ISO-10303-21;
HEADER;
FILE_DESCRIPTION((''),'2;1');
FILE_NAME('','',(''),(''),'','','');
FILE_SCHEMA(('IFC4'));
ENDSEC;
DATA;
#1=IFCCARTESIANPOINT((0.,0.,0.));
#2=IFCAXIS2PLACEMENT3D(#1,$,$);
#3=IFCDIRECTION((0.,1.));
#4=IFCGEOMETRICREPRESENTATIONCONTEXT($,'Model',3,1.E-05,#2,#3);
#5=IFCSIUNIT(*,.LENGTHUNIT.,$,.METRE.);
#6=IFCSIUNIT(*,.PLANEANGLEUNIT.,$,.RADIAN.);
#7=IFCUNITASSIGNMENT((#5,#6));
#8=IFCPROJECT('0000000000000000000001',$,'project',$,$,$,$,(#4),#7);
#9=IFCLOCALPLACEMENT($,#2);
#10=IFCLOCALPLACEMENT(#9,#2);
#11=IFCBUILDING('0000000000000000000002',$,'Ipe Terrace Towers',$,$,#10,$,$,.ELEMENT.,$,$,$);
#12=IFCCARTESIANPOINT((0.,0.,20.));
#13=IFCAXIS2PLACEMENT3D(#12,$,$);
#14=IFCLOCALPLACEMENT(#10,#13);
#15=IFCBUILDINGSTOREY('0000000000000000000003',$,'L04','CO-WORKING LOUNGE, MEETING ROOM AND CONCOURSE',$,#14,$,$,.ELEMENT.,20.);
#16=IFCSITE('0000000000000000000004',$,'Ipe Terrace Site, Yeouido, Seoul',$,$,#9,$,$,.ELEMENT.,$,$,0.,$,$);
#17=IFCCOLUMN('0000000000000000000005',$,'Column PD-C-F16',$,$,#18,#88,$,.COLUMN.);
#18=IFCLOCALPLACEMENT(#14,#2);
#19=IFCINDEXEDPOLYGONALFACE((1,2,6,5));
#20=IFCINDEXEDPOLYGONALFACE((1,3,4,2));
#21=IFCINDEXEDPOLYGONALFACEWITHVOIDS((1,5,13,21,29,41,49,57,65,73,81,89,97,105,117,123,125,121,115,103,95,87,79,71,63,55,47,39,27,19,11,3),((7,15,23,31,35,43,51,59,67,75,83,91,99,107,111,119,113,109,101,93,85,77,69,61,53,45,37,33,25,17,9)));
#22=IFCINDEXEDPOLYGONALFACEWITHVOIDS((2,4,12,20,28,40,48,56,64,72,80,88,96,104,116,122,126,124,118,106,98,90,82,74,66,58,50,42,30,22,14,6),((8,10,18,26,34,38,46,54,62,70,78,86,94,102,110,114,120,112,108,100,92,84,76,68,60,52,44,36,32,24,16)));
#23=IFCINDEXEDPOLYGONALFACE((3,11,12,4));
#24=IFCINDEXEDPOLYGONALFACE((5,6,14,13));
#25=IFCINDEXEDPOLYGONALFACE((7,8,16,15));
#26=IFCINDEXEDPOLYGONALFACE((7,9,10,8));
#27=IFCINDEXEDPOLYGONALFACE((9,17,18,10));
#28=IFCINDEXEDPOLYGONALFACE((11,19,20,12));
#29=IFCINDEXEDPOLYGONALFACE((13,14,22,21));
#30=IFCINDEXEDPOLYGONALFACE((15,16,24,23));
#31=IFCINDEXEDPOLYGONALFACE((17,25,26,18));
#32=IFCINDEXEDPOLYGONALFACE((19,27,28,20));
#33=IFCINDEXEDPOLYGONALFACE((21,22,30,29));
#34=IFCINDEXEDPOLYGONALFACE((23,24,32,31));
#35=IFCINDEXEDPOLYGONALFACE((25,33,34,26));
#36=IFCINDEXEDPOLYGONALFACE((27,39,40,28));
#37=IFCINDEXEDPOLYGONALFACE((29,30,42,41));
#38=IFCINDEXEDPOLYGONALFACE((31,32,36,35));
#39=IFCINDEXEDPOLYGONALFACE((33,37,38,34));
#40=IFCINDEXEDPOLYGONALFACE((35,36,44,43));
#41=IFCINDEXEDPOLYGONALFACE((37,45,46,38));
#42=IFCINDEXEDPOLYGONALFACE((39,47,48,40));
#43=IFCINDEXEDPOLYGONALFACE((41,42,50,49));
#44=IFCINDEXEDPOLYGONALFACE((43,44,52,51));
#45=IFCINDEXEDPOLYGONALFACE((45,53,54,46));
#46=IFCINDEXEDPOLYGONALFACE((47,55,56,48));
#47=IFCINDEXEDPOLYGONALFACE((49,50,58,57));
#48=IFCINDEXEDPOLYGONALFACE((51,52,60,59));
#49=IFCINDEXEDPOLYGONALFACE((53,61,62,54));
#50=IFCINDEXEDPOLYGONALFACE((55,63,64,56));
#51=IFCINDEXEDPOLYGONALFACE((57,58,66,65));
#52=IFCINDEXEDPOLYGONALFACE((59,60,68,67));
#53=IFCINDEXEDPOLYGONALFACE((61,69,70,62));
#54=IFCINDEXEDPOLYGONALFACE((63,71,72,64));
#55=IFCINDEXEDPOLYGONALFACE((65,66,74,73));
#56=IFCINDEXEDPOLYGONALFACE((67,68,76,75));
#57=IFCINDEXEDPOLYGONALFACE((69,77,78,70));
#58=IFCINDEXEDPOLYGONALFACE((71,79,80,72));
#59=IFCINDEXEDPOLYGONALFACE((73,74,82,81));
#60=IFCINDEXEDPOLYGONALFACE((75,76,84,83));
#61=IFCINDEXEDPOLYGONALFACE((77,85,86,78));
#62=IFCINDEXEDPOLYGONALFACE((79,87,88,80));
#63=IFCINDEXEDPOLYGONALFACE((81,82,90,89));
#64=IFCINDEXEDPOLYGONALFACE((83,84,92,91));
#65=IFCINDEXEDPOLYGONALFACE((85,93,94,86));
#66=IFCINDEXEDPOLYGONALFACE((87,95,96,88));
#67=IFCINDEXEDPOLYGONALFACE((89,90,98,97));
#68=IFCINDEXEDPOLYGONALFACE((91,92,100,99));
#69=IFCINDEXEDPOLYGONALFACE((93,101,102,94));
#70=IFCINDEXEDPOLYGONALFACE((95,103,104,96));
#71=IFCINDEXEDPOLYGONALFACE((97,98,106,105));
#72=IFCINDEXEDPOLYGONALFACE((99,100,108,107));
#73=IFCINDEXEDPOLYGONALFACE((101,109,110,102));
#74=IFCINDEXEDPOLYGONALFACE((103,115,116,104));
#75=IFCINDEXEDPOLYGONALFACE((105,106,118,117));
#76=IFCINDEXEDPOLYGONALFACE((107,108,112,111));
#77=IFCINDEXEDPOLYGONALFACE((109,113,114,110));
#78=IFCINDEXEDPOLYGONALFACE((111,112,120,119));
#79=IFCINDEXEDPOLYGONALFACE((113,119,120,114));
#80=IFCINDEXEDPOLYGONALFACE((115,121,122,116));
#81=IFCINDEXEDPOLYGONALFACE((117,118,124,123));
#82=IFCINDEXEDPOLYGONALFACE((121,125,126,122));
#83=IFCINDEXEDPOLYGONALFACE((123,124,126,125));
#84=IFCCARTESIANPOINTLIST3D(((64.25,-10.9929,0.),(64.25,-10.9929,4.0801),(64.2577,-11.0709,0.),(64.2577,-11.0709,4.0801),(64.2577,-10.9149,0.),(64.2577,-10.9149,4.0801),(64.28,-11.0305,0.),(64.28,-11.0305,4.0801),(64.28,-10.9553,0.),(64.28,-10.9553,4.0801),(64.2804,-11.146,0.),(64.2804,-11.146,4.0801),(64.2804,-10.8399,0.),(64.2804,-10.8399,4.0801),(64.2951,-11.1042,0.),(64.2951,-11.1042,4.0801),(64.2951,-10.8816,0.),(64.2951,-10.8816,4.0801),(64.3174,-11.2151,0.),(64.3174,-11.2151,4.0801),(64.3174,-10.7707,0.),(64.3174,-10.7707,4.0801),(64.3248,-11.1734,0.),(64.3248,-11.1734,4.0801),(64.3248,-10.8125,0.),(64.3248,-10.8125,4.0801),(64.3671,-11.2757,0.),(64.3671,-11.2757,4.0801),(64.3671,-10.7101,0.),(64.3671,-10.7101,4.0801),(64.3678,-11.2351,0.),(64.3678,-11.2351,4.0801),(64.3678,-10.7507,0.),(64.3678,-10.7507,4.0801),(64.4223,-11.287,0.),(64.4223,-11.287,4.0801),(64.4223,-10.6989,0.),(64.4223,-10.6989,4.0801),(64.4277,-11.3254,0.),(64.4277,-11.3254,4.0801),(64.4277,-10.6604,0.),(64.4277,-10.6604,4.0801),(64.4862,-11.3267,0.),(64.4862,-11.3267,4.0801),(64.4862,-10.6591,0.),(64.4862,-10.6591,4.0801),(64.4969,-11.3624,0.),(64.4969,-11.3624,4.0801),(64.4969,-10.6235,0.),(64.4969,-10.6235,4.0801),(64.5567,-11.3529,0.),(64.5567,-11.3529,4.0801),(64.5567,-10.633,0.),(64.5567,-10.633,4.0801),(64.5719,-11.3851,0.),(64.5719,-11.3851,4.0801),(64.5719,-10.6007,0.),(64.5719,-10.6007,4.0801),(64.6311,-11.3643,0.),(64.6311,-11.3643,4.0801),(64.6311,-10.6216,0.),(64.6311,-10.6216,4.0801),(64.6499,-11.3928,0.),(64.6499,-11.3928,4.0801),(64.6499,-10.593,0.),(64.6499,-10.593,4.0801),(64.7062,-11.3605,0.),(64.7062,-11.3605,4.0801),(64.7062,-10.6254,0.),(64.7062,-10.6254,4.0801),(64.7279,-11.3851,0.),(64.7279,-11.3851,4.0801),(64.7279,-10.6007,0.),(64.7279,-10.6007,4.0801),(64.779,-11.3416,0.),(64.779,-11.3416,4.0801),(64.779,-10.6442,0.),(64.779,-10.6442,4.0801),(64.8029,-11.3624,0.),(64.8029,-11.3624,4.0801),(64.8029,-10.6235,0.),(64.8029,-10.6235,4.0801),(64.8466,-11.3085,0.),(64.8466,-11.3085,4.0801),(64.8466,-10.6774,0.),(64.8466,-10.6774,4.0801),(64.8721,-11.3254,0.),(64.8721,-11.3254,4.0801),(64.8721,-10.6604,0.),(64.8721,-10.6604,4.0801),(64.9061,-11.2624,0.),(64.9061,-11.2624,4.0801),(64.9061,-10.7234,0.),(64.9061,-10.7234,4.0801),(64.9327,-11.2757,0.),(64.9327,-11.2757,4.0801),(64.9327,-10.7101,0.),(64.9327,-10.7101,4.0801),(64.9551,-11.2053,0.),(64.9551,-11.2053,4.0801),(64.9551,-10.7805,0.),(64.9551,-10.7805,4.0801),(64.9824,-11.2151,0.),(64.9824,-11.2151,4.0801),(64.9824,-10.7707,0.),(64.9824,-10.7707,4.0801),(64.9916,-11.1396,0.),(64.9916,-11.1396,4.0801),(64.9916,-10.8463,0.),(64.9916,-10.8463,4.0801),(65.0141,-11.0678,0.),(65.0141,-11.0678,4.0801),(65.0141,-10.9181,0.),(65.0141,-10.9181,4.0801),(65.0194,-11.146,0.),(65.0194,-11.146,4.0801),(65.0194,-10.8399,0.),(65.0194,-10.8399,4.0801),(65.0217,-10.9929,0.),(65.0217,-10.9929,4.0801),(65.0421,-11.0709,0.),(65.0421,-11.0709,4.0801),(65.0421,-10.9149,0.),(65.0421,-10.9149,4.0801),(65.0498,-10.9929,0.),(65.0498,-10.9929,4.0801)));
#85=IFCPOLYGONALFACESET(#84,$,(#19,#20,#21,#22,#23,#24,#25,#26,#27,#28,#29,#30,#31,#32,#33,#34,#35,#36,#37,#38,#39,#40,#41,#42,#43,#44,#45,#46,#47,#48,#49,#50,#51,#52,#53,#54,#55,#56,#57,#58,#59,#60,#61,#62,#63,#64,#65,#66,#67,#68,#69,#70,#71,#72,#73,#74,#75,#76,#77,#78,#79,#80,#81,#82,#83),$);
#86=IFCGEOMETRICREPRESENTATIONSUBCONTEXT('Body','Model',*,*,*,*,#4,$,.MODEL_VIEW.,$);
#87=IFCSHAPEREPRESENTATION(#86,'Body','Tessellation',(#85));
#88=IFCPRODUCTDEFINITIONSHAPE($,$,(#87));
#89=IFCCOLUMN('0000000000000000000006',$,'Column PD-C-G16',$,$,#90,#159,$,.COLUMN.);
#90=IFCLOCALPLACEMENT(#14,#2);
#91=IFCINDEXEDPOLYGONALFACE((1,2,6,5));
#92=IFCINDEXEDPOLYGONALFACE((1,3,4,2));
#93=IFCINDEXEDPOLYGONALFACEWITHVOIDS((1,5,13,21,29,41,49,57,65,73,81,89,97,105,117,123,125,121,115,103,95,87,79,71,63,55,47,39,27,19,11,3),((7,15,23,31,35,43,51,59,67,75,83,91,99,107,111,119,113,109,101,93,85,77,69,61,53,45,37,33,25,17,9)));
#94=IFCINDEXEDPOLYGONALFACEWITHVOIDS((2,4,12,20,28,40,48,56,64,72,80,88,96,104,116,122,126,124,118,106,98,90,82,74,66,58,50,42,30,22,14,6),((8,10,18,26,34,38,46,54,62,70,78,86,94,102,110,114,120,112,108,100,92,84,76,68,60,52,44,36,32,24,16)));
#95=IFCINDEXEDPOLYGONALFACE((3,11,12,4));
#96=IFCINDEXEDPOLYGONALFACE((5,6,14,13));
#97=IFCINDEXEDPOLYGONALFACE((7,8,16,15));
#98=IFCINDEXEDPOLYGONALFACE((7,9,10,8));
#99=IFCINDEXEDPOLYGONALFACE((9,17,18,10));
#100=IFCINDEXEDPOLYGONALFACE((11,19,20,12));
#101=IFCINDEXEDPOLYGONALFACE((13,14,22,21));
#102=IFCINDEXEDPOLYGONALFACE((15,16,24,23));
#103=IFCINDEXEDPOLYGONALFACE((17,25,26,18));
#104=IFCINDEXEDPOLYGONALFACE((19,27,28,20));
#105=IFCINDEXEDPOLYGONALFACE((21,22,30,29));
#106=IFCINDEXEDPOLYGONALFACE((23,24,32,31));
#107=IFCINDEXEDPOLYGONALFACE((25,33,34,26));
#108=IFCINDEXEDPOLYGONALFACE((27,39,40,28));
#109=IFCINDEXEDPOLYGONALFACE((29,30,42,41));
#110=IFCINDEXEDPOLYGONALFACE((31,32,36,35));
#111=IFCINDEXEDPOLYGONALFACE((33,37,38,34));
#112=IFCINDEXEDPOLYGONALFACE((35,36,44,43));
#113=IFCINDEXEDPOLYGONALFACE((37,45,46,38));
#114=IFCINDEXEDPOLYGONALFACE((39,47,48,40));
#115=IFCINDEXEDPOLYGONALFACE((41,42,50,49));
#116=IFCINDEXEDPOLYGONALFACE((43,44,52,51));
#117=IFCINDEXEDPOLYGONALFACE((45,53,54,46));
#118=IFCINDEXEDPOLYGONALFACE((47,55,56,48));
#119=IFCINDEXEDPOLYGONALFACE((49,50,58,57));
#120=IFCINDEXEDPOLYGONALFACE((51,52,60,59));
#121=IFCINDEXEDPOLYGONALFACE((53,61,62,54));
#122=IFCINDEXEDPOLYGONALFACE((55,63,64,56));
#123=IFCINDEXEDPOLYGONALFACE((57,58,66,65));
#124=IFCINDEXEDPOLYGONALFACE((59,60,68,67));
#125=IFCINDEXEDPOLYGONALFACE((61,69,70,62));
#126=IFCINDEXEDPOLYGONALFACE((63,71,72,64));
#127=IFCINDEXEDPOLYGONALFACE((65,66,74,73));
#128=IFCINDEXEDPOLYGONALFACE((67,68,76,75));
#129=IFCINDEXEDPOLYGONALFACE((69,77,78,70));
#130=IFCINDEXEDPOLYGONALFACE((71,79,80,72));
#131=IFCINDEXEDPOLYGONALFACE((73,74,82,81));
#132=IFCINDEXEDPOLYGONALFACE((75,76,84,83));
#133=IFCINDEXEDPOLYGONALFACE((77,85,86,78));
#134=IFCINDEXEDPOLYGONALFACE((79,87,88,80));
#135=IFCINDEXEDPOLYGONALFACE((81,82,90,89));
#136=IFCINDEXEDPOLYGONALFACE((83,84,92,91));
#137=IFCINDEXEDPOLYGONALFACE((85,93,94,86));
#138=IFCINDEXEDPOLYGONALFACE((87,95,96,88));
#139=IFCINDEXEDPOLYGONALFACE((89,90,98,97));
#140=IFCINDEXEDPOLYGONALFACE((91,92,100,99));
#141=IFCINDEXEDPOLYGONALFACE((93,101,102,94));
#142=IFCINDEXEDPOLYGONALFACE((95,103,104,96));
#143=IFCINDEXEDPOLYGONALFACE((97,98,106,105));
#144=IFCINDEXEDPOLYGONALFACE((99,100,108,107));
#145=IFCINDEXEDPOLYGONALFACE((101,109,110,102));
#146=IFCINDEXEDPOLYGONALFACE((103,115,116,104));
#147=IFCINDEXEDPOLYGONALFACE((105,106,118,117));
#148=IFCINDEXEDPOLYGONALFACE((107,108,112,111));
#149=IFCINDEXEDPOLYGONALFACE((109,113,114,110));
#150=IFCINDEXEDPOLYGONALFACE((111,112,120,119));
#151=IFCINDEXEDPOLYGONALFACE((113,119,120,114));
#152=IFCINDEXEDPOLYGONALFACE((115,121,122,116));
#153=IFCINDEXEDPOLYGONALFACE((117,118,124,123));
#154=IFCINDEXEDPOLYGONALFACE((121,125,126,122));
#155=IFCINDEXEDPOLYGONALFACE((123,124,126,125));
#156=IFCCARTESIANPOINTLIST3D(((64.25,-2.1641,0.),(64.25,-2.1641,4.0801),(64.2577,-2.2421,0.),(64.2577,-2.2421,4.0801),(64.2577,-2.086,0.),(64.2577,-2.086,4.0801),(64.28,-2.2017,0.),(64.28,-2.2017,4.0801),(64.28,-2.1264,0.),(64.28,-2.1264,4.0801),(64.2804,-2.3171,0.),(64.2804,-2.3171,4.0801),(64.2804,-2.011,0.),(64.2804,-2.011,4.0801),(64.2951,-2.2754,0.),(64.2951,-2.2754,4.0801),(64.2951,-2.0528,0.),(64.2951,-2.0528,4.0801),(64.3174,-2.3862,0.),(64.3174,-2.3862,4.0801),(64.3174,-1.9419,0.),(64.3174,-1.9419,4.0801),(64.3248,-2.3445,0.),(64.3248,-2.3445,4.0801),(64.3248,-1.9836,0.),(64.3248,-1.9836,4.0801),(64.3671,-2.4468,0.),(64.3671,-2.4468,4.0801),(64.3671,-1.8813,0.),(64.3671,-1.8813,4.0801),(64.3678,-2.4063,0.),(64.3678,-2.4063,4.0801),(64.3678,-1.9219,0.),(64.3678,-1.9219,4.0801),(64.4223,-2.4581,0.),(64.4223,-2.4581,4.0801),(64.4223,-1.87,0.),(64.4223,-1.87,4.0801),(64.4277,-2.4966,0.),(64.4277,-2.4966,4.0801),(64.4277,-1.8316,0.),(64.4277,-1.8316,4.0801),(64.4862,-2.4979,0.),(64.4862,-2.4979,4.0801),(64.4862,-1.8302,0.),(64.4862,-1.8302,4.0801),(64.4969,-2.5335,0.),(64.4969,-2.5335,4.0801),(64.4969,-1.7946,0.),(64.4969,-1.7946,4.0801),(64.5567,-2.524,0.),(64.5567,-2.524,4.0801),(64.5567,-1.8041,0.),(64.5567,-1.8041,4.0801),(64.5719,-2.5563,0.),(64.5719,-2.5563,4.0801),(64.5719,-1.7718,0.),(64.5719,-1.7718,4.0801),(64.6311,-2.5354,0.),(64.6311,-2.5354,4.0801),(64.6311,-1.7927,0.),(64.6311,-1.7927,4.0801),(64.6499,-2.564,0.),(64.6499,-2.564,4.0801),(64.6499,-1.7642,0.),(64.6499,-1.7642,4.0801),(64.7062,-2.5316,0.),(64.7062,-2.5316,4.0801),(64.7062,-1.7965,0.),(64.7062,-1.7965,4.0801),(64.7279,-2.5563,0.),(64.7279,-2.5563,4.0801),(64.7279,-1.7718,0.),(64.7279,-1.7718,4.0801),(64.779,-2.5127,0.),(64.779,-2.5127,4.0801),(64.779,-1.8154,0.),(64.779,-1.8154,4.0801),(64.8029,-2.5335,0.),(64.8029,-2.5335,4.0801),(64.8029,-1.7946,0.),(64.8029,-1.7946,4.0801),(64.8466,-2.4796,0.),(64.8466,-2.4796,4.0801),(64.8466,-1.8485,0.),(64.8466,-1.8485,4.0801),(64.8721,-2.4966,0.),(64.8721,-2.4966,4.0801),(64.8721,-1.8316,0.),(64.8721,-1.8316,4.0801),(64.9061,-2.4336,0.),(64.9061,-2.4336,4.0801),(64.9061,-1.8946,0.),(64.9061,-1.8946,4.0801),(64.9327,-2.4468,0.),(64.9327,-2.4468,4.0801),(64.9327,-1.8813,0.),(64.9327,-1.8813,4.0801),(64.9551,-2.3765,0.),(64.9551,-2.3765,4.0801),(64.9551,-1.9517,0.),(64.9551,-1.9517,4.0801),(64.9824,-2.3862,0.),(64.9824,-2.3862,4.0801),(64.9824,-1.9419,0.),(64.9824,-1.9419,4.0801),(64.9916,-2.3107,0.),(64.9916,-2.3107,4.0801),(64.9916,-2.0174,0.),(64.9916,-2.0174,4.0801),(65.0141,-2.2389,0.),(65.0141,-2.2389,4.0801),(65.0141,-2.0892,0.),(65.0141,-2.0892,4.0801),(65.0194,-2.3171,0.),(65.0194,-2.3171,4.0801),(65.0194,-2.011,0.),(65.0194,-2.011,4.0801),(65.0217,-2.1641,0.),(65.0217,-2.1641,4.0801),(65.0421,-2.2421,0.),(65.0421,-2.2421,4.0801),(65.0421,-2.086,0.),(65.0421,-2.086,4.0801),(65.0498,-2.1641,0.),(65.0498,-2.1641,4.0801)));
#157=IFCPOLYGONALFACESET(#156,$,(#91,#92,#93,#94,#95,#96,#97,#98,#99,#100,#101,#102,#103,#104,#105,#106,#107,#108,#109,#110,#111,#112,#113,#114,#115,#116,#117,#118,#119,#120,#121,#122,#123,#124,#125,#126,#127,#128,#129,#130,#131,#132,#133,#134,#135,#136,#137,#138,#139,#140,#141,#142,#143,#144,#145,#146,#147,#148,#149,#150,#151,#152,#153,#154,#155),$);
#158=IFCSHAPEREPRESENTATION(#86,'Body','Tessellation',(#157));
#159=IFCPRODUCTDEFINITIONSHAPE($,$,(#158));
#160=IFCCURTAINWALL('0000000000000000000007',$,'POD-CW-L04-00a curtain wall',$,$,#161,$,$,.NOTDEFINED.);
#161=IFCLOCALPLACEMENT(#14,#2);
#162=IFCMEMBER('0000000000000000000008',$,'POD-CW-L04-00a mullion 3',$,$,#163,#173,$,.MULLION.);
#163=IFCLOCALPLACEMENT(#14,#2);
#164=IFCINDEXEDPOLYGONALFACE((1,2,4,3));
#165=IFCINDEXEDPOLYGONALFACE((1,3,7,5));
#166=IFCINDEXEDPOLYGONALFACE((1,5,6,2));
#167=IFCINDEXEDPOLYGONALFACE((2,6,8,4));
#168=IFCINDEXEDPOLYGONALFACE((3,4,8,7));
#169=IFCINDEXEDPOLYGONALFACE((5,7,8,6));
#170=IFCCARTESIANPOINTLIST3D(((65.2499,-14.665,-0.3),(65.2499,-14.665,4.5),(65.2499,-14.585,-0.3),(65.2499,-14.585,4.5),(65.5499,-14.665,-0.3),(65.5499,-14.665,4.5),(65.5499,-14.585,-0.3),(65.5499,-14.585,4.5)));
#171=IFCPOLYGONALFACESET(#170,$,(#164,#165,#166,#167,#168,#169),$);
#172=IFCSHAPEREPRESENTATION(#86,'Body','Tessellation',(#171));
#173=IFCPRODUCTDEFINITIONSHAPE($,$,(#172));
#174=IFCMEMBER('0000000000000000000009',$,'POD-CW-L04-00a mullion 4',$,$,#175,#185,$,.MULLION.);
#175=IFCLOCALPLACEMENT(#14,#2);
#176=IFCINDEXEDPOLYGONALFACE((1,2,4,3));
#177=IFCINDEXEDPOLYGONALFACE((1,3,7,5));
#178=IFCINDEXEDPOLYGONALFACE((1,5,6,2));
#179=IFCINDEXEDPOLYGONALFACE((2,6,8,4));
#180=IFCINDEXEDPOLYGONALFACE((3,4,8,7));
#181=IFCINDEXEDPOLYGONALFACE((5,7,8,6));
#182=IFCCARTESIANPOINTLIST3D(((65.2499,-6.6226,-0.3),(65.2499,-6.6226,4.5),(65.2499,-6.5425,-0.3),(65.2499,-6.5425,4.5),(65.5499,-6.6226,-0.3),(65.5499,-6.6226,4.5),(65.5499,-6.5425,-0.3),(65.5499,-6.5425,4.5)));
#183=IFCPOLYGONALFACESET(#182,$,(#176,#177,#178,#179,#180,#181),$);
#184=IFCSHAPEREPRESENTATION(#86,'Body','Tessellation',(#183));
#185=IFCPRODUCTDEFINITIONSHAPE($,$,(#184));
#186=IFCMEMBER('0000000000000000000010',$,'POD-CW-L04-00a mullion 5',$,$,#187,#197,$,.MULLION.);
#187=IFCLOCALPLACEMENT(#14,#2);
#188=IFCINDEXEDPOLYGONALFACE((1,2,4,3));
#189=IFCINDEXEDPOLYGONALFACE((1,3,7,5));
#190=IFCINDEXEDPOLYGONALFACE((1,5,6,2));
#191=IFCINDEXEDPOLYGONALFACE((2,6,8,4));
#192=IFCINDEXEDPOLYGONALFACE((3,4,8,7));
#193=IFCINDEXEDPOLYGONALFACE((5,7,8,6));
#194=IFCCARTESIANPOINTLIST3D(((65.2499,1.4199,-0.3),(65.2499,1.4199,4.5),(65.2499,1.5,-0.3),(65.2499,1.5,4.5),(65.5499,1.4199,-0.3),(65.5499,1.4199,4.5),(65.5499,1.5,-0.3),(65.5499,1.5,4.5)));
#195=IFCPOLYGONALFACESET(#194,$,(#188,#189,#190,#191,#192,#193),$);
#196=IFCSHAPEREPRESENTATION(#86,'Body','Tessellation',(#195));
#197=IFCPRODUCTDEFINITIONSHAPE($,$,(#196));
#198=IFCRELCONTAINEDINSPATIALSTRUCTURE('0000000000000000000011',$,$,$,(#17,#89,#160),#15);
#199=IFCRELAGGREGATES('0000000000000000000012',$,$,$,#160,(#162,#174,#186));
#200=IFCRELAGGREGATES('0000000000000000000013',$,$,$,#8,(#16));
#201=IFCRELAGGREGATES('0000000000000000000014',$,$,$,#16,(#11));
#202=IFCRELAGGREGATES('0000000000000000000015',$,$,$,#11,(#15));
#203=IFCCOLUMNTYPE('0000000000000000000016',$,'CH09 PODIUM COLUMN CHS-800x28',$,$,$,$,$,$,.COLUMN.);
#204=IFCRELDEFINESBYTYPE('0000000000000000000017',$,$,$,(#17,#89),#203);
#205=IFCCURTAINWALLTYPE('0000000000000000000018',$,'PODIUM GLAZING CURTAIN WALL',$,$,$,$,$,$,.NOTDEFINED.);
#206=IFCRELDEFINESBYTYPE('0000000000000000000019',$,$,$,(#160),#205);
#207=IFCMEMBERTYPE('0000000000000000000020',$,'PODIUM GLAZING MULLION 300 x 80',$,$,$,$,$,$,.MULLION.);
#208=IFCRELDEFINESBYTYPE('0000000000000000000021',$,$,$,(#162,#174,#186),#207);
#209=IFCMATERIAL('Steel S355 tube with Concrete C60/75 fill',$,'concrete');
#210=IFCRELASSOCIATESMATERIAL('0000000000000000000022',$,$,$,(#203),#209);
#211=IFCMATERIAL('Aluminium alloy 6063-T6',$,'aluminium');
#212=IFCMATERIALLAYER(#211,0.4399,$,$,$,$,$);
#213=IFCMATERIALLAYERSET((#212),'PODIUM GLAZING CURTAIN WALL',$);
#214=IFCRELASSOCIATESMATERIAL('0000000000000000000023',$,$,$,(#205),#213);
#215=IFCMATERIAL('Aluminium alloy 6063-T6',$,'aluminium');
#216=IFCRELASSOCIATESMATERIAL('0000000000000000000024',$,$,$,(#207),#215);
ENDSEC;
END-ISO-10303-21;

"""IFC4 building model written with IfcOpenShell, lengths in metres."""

from ifc_helpers import new_model, si_unit, direction, frame, origin, origin_2d, place, context, subcontext, project, spatial, rectangle, hollow_circle, extrude, material, layer, layer_set, material_profile, profile_set, type_object, element, aggregate, save


model = new_model("IFC4")

# Units and contexts
model_context = context("Model", 3, precision=1e-05, world=origin(), true_north=direction((0.0, 1.0)))
body_context = subcontext(model_context, "Body", "Model", "MODEL_VIEW")
ifc_project = project(units=[si_unit("LENGTHUNIT", "METRE"), si_unit("PLANEANGLEUNIT", "RADIAN")], contexts=[model_context])

# Site, building, storey
site_placement = place(None, origin())
site = spatial("IfcSite", under=ifc_project, at=site_placement, Name="Ipe Terrace Site, Yeouido, Seoul", CompositionType="ELEMENT", RefElevation=0.0)
building_placement = place(site_placement, origin())
building = spatial("IfcBuilding", under=site, at=building_placement, Name="Ipe Terrace Towers", CompositionType="ELEMENT")
storey_placement = place(building_placement, frame((0.0, 0.0, 20.0)))
storey = spatial("IfcBuildingStorey", under=building, at=storey_placement, Name="L04", Description="CO-WORKING LOUNGE, MEETING ROOM AND CONCOURSE", CompositionType="ELEMENT", Elevation=20.0)

# Columns
ifc_material_1 = material(Name="Steel S355 tube with Concrete C60/75 fill", Category="concrete")
ifc_material_profile_1 = material_profile(ifc_material_1, hollow_circle(Radius=0.3999, WallThickness=0.0281, at=origin_2d()), Name="CHS-800x28")
ifc_profile_set_1 = profile_set([ifc_material_profile_1], Name="Steel S355 tube with Concrete C60/75 fill")
column_type_1 = type_object("IfcColumnType", Name="CH09 PODIUM COLUMN CHS-800x28", PredefinedType="COLUMN", material=ifc_profile_set_1)
for number, where, z_axis, x_axis, name in (
    (1, (64.6499, -10.9929, 0.0), (0.0, 0.0, 1.0), (1.0, 0.0, 0.0), "Column PD-C-F16"),
    (2, (64.6499, -2.1641, 0.0), (0.0, 0.0, 1.0), (1.0, 0.0, 0.0), "Column PD-C-G16"),
):
    element("IfcColumn", number, at=place(storey_placement, frame(where, z_axis=z_axis, x_axis=x_axis)), inside=storey, type_object=column_type_1, Name=name, PredefinedType="COLUMN", context=body_context, shape_type="SweptSolid", body=[
        extrude(hollow_circle(Radius=0.3999, WallThickness=0.0281, at=origin_2d()), origin(), (0.0, 0.0, 1.0), 4.0801),
    ])

# Curtain wall, members
ifc_material_2 = material(Name="Aluminium alloy 6063-T6", Category="aluminium")
ifc_layer_1 = layer(ifc_material_2, 0.4399)
ifc_layer_set_1 = layer_set([ifc_layer_1], Name="PODIUM GLAZING CURTAIN WALL")
curtain_wall_type = type_object("IfcCurtainWallType", Name="PODIUM GLAZING CURTAIN WALL", PredefinedType="NOTDEFINED", material=ifc_layer_set_1)
curtain_wall_placement = place(storey_placement, origin())
curtain_wall = element("IfcCurtainWall", 3, at=curtain_wall_placement, inside=storey, type_object=curtain_wall_type, Name="POD-CW-L04-00a curtain wall", PredefinedType="NOTDEFINED")
ifc_material_3 = material(Name="Aluminium alloy 6063-T6", Category="aluminium")
ifc_material_profile_2 = material_profile(ifc_material_3, rectangle(XDim=0.3, YDim=0.0801, at=origin_2d()), Name="PODIUM GLAZING MULLION 300 x 80")
ifc_profile_set_2 = profile_set([ifc_material_profile_2], Name="Aluminium alloy 6063-T6")
member_type = type_object("IfcMemberType", Name="PODIUM GLAZING MULLION 300 x 80", PredefinedType="MULLION", material=ifc_profile_set_2)
member_1_placement = place(storey_placement, frame((65.3999, -14.625, -0.3), z_axis=(0.0, 0.0, 1.0), x_axis=(1.0, 0.0, 0.0)))
member_1 = element("IfcMember", 4, at=member_1_placement, type_object=member_type, Name="POD-CW-L04-00a mullion 3", PredefinedType="MULLION", context=body_context, shape_type="SweptSolid", body=[
    extrude(rectangle(XDim=0.3, YDim=0.0801, at=origin_2d()), origin(), (0.0, 0.0, 1.0), 4.8),
])
member_2_placement = place(storey_placement, frame((65.3999, -6.5825, -0.3), z_axis=(0.0, 0.0, 1.0), x_axis=(1.0, 0.0, 0.0)))
member_2 = element("IfcMember", 5, at=member_2_placement, type_object=member_type, Name="POD-CW-L04-00a mullion 4", PredefinedType="MULLION", context=body_context, shape_type="SweptSolid", body=[
    extrude(rectangle(XDim=0.3, YDim=0.0801, at=origin_2d()), origin(), (0.0, 0.0, 1.0), 4.8),
])
member_3_placement = place(storey_placement, frame((65.3999, 1.46, -0.3), z_axis=(0.0, 0.0, 1.0), x_axis=(1.0, 0.0, 0.0)))
member_3 = element("IfcMember", 6, at=member_3_placement, type_object=member_type, Name="POD-CW-L04-00a mullion 5", PredefinedType="MULLION", context=body_context, shape_type="SweptSolid", body=[
    extrude(rectangle(XDim=0.3, YDim=0.0801, at=origin_2d()), origin(), (0.0, 0.0, 1.0), 4.8),
])
aggregate(curtain_wall, [member_1, member_2, member_3])

save(model, "model.ifc")
